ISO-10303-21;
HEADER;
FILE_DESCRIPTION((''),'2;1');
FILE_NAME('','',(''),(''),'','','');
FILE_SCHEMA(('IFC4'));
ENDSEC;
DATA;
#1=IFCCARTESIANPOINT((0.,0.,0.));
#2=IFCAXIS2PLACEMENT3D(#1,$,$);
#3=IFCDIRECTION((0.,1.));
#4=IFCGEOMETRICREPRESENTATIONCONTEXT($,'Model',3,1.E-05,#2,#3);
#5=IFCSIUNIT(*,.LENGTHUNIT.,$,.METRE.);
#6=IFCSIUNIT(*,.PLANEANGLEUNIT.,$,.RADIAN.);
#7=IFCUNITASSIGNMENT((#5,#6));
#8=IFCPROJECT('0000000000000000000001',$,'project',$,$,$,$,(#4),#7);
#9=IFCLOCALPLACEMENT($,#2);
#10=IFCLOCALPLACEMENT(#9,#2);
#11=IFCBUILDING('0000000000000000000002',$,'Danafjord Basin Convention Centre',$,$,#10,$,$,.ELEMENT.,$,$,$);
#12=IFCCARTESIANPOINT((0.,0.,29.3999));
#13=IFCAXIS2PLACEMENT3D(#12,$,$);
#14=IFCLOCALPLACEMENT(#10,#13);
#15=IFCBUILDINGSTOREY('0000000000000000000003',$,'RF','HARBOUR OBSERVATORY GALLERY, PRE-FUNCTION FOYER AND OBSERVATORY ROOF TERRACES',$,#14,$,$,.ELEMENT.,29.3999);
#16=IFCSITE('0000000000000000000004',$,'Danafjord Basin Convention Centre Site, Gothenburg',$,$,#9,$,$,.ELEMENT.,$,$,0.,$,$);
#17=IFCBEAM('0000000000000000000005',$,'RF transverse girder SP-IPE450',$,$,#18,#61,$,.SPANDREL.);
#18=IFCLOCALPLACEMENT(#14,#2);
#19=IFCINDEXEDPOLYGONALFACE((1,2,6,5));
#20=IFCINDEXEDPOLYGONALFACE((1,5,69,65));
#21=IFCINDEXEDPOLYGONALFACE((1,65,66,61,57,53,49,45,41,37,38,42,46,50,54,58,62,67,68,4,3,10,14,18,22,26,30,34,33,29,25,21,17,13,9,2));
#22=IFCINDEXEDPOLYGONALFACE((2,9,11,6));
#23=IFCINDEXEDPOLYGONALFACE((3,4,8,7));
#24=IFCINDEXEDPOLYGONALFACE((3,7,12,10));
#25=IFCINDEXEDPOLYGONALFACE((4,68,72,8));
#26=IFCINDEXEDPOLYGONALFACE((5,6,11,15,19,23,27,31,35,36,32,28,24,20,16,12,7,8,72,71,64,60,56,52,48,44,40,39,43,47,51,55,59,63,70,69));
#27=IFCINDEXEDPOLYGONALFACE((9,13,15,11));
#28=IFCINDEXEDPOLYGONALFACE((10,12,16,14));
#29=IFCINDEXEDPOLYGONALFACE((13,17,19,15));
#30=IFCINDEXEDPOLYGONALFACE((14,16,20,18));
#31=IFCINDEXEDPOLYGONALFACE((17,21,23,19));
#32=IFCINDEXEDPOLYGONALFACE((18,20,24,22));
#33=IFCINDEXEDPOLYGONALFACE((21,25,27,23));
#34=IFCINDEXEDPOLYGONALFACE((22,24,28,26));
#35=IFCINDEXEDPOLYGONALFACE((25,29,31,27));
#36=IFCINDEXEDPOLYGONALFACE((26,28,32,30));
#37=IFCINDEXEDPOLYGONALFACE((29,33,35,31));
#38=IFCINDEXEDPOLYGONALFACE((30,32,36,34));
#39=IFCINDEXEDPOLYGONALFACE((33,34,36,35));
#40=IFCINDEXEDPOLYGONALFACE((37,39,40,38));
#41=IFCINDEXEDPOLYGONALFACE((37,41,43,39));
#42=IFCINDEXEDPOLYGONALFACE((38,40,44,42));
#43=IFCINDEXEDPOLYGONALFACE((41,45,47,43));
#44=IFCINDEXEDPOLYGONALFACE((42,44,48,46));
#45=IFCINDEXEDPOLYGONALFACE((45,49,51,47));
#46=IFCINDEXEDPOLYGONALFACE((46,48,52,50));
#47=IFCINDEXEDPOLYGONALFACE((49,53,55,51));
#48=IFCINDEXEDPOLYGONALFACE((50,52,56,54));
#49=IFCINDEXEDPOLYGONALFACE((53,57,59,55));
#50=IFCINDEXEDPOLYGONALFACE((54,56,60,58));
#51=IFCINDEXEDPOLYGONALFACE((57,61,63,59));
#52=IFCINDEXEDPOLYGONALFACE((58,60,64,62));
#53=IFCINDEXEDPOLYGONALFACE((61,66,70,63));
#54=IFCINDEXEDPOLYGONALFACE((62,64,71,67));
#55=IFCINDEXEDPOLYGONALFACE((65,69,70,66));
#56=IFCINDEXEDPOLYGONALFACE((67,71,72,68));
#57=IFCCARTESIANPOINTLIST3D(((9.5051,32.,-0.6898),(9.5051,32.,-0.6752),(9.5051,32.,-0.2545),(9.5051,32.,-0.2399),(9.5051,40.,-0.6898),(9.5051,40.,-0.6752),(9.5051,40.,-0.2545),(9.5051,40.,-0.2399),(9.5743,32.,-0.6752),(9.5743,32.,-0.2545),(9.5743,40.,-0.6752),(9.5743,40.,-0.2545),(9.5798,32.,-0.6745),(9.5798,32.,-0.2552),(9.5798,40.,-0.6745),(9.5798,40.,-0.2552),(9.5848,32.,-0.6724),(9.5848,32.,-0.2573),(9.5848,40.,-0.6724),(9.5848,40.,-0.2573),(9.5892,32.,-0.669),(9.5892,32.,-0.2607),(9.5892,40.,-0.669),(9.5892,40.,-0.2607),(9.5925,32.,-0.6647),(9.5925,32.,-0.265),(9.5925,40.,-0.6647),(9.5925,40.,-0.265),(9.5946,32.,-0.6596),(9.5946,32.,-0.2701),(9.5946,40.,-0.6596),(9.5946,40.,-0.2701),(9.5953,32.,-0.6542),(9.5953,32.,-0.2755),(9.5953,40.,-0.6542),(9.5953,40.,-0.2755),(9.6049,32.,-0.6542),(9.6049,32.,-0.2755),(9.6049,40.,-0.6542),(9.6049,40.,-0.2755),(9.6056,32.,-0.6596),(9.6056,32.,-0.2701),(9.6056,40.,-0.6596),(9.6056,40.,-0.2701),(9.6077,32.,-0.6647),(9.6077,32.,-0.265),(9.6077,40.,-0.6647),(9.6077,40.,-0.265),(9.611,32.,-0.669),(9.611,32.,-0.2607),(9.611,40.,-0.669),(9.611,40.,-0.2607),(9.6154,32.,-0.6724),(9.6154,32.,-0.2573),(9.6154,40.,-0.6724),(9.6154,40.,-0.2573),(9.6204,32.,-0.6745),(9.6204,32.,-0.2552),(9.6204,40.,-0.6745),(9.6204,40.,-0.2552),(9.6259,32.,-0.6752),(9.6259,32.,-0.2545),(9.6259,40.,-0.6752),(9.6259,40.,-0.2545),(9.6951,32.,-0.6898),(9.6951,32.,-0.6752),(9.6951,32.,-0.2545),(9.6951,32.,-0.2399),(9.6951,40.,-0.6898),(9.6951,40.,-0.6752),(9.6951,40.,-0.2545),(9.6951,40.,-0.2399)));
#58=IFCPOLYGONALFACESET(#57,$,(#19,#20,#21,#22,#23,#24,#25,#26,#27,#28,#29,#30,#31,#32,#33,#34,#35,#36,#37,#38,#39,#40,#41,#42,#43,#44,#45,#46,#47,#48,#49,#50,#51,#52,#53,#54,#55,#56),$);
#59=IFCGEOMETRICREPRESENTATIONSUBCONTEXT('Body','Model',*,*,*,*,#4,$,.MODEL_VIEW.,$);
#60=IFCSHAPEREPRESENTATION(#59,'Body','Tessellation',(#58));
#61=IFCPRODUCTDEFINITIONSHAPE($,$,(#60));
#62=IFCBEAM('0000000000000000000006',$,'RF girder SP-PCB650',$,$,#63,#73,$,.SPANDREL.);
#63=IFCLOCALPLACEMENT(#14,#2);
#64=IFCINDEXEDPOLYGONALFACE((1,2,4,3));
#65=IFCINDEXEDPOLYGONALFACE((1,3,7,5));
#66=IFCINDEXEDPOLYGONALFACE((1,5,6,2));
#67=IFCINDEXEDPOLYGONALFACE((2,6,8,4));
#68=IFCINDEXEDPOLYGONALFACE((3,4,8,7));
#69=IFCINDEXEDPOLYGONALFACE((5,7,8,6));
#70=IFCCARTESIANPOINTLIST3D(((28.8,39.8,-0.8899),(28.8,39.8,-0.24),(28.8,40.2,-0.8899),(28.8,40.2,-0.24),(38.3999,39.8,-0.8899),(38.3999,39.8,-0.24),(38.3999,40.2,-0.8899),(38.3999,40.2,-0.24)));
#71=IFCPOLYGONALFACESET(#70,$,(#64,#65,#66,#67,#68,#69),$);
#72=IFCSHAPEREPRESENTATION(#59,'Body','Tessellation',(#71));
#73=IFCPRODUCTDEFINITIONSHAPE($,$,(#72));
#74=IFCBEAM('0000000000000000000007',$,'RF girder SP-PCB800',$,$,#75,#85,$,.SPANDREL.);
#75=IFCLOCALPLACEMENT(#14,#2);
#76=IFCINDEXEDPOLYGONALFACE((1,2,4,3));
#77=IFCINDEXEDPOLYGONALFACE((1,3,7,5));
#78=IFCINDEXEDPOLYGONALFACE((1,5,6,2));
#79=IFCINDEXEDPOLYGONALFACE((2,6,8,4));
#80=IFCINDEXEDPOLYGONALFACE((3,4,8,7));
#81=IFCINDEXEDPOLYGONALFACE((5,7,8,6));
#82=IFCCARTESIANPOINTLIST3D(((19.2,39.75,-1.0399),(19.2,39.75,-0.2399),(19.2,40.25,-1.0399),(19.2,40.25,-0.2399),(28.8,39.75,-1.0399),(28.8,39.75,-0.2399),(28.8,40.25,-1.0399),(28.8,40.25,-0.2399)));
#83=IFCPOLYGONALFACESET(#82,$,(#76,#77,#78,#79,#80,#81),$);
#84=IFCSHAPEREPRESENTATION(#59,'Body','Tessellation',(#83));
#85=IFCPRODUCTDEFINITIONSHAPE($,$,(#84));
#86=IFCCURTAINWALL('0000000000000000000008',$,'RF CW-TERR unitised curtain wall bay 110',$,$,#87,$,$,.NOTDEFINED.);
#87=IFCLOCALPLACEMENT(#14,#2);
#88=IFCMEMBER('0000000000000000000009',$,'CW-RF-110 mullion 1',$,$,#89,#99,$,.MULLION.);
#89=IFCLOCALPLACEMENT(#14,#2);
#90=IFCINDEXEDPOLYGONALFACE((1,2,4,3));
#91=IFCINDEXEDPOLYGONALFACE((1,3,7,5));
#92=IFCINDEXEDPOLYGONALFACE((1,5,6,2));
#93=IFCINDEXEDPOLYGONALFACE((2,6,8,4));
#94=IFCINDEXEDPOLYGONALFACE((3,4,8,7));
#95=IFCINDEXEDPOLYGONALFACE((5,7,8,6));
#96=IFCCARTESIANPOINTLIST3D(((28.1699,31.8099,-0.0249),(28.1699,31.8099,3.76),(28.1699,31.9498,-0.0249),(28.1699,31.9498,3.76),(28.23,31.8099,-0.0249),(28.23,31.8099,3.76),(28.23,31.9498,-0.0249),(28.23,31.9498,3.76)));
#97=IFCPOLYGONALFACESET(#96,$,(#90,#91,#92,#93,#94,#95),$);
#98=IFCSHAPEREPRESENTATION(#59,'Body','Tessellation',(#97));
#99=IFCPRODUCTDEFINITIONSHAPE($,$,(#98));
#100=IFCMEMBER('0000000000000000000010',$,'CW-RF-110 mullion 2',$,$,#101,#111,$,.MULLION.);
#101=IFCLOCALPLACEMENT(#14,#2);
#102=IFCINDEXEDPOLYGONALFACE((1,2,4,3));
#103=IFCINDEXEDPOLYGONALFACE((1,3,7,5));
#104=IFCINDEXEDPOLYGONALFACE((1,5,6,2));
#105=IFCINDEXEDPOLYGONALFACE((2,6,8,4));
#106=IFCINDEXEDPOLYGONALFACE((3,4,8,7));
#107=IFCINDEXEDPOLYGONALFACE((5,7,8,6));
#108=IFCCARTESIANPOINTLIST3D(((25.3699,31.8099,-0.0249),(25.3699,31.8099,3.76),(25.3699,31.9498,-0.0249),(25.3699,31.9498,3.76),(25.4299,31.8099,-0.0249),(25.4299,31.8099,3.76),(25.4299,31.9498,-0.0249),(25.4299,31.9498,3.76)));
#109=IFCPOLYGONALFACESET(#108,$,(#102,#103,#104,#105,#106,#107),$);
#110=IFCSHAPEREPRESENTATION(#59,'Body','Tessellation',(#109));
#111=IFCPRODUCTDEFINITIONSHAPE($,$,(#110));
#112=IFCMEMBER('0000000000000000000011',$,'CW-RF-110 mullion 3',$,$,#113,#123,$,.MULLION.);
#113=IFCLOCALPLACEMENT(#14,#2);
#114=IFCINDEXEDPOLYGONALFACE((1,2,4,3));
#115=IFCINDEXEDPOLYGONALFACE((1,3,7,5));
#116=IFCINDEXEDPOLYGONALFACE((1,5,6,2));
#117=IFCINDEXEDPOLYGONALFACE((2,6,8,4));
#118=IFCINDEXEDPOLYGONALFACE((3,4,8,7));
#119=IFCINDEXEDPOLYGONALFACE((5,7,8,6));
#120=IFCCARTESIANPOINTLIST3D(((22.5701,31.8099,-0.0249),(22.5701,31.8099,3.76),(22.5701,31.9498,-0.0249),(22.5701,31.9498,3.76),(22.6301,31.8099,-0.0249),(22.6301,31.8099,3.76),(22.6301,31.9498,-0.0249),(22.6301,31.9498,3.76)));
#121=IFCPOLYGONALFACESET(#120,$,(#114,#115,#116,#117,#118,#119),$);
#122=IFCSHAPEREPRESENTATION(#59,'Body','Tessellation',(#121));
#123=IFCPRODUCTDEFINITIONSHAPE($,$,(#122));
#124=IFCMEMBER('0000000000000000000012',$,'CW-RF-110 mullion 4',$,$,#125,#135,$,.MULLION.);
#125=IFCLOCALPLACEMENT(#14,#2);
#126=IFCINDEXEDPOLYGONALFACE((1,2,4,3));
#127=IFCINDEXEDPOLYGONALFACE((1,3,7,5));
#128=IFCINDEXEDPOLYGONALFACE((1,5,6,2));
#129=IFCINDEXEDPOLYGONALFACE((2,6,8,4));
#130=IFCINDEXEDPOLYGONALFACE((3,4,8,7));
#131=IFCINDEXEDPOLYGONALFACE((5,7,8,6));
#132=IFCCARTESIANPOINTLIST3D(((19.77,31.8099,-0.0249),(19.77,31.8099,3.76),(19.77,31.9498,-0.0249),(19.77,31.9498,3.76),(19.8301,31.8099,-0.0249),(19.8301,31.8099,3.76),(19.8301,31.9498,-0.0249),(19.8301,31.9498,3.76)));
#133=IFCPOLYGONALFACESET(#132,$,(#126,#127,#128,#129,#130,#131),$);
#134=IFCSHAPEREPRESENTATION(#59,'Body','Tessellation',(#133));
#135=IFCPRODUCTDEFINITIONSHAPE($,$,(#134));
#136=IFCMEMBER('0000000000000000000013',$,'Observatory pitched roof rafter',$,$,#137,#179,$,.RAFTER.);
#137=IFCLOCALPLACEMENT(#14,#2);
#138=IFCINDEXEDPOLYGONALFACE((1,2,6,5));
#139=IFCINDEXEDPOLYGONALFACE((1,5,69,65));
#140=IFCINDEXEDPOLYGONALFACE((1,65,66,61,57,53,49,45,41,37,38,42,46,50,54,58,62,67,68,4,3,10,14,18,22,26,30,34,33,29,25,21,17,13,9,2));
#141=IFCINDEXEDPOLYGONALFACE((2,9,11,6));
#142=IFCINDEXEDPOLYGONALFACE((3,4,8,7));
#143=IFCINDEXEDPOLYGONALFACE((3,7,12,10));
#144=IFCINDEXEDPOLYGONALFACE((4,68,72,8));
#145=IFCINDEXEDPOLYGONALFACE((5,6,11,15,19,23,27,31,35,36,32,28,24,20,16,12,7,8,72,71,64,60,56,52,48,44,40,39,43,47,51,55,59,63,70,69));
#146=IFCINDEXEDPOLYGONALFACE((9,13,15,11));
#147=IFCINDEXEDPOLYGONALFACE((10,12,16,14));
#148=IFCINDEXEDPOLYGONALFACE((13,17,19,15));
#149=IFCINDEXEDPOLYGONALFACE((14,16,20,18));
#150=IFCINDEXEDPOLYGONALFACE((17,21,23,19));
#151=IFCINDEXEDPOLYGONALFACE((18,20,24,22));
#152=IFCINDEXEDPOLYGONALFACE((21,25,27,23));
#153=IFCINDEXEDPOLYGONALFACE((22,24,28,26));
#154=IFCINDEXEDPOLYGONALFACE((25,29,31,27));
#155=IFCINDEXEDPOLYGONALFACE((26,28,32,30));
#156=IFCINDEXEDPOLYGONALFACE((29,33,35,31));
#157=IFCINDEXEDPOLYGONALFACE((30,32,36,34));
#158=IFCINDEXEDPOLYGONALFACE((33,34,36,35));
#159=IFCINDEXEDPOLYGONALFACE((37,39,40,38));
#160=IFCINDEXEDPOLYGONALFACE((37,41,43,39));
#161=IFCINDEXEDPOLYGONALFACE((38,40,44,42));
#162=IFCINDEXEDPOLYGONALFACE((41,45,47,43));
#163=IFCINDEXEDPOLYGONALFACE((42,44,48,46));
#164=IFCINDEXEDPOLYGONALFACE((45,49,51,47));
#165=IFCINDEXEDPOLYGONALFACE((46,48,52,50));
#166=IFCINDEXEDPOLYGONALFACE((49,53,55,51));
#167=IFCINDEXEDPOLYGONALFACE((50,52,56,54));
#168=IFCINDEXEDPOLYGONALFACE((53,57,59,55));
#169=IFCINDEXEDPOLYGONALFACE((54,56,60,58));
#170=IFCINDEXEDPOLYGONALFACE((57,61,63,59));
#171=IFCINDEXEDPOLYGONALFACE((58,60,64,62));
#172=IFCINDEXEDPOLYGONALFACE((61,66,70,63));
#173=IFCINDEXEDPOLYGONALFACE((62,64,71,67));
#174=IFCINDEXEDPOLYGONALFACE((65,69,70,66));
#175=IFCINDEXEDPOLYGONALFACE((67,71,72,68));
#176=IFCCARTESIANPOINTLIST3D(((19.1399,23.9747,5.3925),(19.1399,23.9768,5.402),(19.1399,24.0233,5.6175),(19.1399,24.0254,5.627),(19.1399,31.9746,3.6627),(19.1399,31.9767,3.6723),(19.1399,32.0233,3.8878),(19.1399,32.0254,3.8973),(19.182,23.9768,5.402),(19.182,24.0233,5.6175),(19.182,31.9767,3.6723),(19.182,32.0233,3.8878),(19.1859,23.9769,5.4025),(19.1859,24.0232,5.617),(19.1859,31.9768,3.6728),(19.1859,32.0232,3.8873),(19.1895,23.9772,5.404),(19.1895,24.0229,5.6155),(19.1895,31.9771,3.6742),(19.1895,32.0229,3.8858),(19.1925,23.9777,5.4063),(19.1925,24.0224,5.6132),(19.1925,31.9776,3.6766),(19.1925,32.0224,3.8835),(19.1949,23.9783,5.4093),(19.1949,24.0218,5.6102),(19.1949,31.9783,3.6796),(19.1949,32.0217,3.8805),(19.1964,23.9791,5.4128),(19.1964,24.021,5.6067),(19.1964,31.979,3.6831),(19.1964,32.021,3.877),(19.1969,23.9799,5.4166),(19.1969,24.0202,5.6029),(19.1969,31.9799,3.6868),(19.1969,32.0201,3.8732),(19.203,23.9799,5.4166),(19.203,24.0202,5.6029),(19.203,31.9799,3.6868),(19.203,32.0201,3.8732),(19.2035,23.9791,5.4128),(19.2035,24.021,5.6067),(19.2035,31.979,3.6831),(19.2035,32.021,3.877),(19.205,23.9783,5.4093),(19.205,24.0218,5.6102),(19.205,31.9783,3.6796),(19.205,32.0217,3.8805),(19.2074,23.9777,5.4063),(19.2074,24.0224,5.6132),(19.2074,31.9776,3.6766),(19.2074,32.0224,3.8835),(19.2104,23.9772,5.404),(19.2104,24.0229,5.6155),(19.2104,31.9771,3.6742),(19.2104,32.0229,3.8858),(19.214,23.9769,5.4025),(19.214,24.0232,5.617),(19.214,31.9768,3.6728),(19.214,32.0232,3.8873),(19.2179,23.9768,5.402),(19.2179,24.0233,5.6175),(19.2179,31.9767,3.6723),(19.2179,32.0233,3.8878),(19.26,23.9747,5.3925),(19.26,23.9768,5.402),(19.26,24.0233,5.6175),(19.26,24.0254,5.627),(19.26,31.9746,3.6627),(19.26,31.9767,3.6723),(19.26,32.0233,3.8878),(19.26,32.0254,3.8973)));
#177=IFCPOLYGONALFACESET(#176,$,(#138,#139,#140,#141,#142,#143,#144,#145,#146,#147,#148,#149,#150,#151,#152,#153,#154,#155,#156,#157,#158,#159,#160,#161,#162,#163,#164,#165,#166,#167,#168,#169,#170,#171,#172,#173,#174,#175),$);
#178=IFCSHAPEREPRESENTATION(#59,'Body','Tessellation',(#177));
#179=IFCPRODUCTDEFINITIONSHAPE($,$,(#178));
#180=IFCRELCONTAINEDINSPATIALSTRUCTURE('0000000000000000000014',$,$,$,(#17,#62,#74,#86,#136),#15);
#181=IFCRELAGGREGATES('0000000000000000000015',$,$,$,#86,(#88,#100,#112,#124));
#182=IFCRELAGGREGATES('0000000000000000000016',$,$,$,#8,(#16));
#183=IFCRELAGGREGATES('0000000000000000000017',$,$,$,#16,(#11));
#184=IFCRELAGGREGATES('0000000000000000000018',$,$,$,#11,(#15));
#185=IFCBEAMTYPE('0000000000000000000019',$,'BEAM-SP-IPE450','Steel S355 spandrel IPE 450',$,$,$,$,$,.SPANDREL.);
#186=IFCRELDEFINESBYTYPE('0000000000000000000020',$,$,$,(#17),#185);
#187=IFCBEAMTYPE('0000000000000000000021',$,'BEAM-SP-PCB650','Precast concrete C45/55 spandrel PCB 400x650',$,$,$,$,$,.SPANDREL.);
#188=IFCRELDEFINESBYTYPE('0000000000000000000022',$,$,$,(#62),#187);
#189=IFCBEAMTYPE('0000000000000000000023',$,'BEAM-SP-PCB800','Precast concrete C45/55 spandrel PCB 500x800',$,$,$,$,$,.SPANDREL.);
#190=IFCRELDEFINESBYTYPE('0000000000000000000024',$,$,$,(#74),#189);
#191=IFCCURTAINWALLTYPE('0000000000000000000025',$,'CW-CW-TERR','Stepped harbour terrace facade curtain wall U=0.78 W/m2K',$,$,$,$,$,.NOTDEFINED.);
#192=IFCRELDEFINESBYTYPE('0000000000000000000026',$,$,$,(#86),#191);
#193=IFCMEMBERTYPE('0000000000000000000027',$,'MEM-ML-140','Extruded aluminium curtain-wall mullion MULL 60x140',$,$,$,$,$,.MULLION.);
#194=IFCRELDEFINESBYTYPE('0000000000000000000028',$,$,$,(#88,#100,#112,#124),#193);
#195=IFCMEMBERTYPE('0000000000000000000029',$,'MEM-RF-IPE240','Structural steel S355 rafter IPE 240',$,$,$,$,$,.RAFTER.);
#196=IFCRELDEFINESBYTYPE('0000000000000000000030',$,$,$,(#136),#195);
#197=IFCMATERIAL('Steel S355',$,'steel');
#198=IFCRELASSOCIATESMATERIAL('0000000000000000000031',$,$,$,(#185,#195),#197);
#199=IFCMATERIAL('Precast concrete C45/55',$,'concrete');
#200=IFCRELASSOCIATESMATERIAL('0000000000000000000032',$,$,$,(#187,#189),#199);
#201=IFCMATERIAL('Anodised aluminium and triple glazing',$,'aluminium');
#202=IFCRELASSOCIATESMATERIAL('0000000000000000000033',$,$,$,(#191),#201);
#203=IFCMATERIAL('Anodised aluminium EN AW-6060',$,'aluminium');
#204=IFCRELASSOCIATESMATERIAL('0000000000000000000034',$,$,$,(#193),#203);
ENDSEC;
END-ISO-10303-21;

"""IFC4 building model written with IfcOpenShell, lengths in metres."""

from ifc_helpers import new_model, si_unit, direction, frame, origin, origin_2d, place, context, subcontext, project, spatial, rectangle, i_section, extrude, material, material_profile, profile_set, type_object, element, aggregate, save


model = new_model("IFC4")

# Units and contexts
model_context = context("Model", 3, precision=1e-05, world=origin(), true_north=direction((0.0, 1.0)))
body_context = subcontext(model_context, "Body", "Model", "MODEL_VIEW")
ifc_project = project(units=[si_unit("LENGTHUNIT", "METRE"), si_unit("PLANEANGLEUNIT", "RADIAN")], contexts=[model_context])

# Site, building, storey
site_placement = place(None, origin())
site = spatial("IfcSite", under=ifc_project, at=site_placement, Name="Danafjord Basin Convention Centre Site, Gothenburg", CompositionType="ELEMENT", RefElevation=0.0)
building_placement = place(site_placement, origin())
building = spatial("IfcBuilding", under=site, at=building_placement, Name="Danafjord Basin Convention Centre", CompositionType="ELEMENT")
storey_placement = place(building_placement, frame((0.0, 0.0, 29.3999)))
storey = spatial("IfcBuildingStorey", under=building, at=storey_placement, Name="RF", Description="HARBOUR OBSERVATORY GALLERY, PRE-FUNCTION FOYER AND OBSERVATORY ROOF TERRACES", CompositionType="ELEMENT", Elevation=29.3999)

# Shared definitions
ifc_material_1 = material(Name="Steel S355", Category="steel")

# Beams
ifc_material_profile_1 = material_profile(ifc_material_1, i_section(OverallWidth=0.1899, OverallDepth=0.45, WebThickness=0.0095, FlangeThickness=0.0146, FilletRadius=0.021, at=origin_2d()), Name="IPE 450")
ifc_profile_set_1 = profile_set([ifc_material_profile_1], Name="Steel S355")
beam_type_1 = type_object("IfcBeamType", Name="BEAM-SP-IPE450", Description="Steel S355 spandrel IPE 450", PredefinedType="SPANDREL", material=ifc_profile_set_1)
beam_1_placement = place(storey_placement, frame((9.6001, 32.0, -0.4648), z_axis=(0.0, 1.0, 0.0), x_axis=(-1.0, 0.0, 0.0)))
element("IfcBeam", 1, at=beam_1_placement, inside=storey, type_object=beam_type_1, Name="RF transverse girder SP-IPE450", PredefinedType="SPANDREL", context=body_context, shape_type="SweptSolid", body=[
    extrude(i_section(OverallWidth=0.1899, OverallDepth=0.45, WebThickness=0.0095, FlangeThickness=0.0146, FilletRadius=0.021, at=origin_2d()), origin(), (0.0, 0.0, 1.0), 8.0),
])
ifc_material_2 = material(Name="Precast concrete C45/55", Category="concrete")
ifc_material_profile_2 = material_profile(ifc_material_2, rectangle(XDim=0.3999, YDim=0.6499, at=origin_2d()), Name="PCB 400x650")
ifc_profile_set_2 = profile_set([ifc_material_profile_2], Name="Precast concrete C45/55")
beam_type_2 = type_object("IfcBeamType", Name="BEAM-SP-PCB650", Description="Precast concrete C45/55 spandrel PCB 400x650", PredefinedType="SPANDREL", material=ifc_profile_set_2)
beam_2_placement = place(storey_placement, frame((28.8, 40.0, -0.5649), z_axis=(1.0, 0.0, 0.0), x_axis=(0.0, 1.0, 0.0)))
element("IfcBeam", 2, at=beam_2_placement, inside=storey, type_object=beam_type_2, Name="RF girder SP-PCB650", PredefinedType="SPANDREL", context=body_context, shape_type="SweptSolid", body=[
    extrude(rectangle(XDim=0.3999, YDim=0.6499, at=origin_2d()), origin(), (0.0, 0.0, 1.0), 9.5999),
])
ifc_material_profile_3 = material_profile(ifc_material_2, rectangle(XDim=0.5, YDim=0.8, at=origin_2d()), Name="PCB 500x800")
ifc_profile_set_3 = profile_set([ifc_material_profile_3], Name="Precast concrete C45/55")
beam_type_3 = type_object("IfcBeamType", Name="BEAM-SP-PCB800", Description="Precast concrete C45/55 spandrel PCB 500x800", PredefinedType="SPANDREL", material=ifc_profile_set_3)
beam_3_placement = place(storey_placement, frame((19.2, 40.0, -0.6399), z_axis=(1.0, 0.0, 0.0), x_axis=(0.0, 1.0, 0.0)))
element("IfcBeam", 3, at=beam_3_placement, inside=storey, type_object=beam_type_3, Name="RF girder SP-PCB800", PredefinedType="SPANDREL", context=body_context, shape_type="SweptSolid", body=[
    extrude(rectangle(XDim=0.5, YDim=0.8, at=origin_2d()), origin(), (0.0, 0.0, 1.0), 9.6001),
])

# Curtain wall, members
ifc_material_3 = material(Name="Anodised aluminium and triple glazing", Category="aluminium")
curtain_wall_type = type_object("IfcCurtainWallType", Name="CW-CW-TERR", Description="Stepped harbour terrace facade curtain wall U=0.78 W/m2K", PredefinedType="NOTDEFINED", material=ifc_material_3)
curtain_wall_placement = place(storey_placement, origin())
curtain_wall = element("IfcCurtainWall", 4, at=curtain_wall_placement, inside=storey, type_object=curtain_wall_type, Name="RF CW-TERR unitised curtain wall bay 110", PredefinedType="NOTDEFINED")
ifc_material_4 = material(Name="Anodised aluminium EN AW-6060", Category="aluminium")
ifc_material_profile_4 = material_profile(ifc_material_4, rectangle(XDim=0.0601, YDim=0.1399, at=origin_2d()), Name="MULL 60x140")
ifc_profile_set_4 = profile_set([ifc_material_profile_4], Name="Anodised aluminium EN AW-6060")
member_type_1 = type_object("IfcMemberType", Name="MEM-ML-140", Description="Extruded aluminium curtain-wall mullion MULL 60x140", PredefinedType="MULLION", material=ifc_profile_set_4)
member_1_placement = place(storey_placement, frame((28.2, 31.8799, -0.0249), z_axis=(0.0, 0.0, 1.0), x_axis=(-1.0, 0.0, 0.0)))
member_1 = element("IfcMember", 5, at=member_1_placement, type_object=member_type_1, Name="CW-RF-110 mullion 1", PredefinedType="MULLION", context=body_context, shape_type="SweptSolid", body=[
    extrude(rectangle(XDim=0.0601, YDim=0.1399, at=origin_2d()), origin(), (0.0, 0.0, 1.0), 3.7849),
])
member_2_placement = place(storey_placement, frame((25.3999, 31.8799, -0.0249), z_axis=(0.0, 0.0, 1.0), x_axis=(-1.0, 0.0, 0.0)))
member_2 = element("IfcMember", 6, at=member_2_placement, type_object=member_type_1, Name="CW-RF-110 mullion 2", PredefinedType="MULLION", context=body_context, shape_type="SweptSolid", body=[
    extrude(rectangle(XDim=0.0601, YDim=0.1399, at=origin_2d()), origin(), (0.0, 0.0, 1.0), 3.7849),
])
member_3_placement = place(storey_placement, frame((22.6001, 31.8799, -0.0249), z_axis=(0.0, 0.0, 1.0), x_axis=(-1.0, 0.0, 0.0)))
member_3 = element("IfcMember", 7, at=member_3_placement, type_object=member_type_1, Name="CW-RF-110 mullion 3", PredefinedType="MULLION", context=body_context, shape_type="SweptSolid", body=[
    extrude(rectangle(XDim=0.0601, YDim=0.1399, at=origin_2d()), origin(), (0.0, 0.0, 1.0), 3.7849),
])
member_4_placement = place(storey_placement, frame((19.8, 31.8799, -0.0249), z_axis=(0.0, 0.0, 1.0), x_axis=(-1.0, 0.0, 0.0)))
member_4 = element("IfcMember", 8, at=member_4_placement, type_object=member_type_1, Name="CW-RF-110 mullion 4", PredefinedType="MULLION", context=body_context, shape_type="SweptSolid", body=[
    extrude(rectangle(XDim=0.0601, YDim=0.1399, at=origin_2d()), origin(), (0.0, 0.0, 1.0), 3.7849),
])

# Member
ifc_material_profile_5 = material_profile(ifc_material_1, i_section(OverallWidth=0.1201, OverallDepth=0.24, WebThickness=0.0061, FlangeThickness=0.0098, FilletRadius=0.0149, at=origin_2d()), Name="IPE 240")
ifc_profile_set_5 = profile_set([ifc_material_profile_5], Name="Steel S355")
member_type_2 = type_object("IfcMemberType", Name="MEM-RF-IPE240", Description="Structural steel S355 rafter IPE 240", PredefinedType="RAFTER", material=ifc_profile_set_5)
member_5_placement = place(storey_placement, frame((19.2, 32.0, 3.78), z_axis=(0.0, -0.977414, 0.211334), x_axis=(1.0, 0.0, 0.0)))
element("IfcMember", 9, at=member_5_placement, inside=storey, type_object=member_type_2, Name="Observatory pitched roof rafter", PredefinedType="RAFTER", context=body_context, shape_type="SweptSolid", body=[
    extrude(i_section(OverallWidth=0.1201, OverallDepth=0.24, WebThickness=0.0061, FlangeThickness=0.0098, FilletRadius=0.0149, at=origin_2d()), origin(), (0.0, 0.0, 1.0), 8.1848),
])

aggregate(curtain_wall, [member_1, member_2, member_3, member_4])

save(model, "model.ifc")
